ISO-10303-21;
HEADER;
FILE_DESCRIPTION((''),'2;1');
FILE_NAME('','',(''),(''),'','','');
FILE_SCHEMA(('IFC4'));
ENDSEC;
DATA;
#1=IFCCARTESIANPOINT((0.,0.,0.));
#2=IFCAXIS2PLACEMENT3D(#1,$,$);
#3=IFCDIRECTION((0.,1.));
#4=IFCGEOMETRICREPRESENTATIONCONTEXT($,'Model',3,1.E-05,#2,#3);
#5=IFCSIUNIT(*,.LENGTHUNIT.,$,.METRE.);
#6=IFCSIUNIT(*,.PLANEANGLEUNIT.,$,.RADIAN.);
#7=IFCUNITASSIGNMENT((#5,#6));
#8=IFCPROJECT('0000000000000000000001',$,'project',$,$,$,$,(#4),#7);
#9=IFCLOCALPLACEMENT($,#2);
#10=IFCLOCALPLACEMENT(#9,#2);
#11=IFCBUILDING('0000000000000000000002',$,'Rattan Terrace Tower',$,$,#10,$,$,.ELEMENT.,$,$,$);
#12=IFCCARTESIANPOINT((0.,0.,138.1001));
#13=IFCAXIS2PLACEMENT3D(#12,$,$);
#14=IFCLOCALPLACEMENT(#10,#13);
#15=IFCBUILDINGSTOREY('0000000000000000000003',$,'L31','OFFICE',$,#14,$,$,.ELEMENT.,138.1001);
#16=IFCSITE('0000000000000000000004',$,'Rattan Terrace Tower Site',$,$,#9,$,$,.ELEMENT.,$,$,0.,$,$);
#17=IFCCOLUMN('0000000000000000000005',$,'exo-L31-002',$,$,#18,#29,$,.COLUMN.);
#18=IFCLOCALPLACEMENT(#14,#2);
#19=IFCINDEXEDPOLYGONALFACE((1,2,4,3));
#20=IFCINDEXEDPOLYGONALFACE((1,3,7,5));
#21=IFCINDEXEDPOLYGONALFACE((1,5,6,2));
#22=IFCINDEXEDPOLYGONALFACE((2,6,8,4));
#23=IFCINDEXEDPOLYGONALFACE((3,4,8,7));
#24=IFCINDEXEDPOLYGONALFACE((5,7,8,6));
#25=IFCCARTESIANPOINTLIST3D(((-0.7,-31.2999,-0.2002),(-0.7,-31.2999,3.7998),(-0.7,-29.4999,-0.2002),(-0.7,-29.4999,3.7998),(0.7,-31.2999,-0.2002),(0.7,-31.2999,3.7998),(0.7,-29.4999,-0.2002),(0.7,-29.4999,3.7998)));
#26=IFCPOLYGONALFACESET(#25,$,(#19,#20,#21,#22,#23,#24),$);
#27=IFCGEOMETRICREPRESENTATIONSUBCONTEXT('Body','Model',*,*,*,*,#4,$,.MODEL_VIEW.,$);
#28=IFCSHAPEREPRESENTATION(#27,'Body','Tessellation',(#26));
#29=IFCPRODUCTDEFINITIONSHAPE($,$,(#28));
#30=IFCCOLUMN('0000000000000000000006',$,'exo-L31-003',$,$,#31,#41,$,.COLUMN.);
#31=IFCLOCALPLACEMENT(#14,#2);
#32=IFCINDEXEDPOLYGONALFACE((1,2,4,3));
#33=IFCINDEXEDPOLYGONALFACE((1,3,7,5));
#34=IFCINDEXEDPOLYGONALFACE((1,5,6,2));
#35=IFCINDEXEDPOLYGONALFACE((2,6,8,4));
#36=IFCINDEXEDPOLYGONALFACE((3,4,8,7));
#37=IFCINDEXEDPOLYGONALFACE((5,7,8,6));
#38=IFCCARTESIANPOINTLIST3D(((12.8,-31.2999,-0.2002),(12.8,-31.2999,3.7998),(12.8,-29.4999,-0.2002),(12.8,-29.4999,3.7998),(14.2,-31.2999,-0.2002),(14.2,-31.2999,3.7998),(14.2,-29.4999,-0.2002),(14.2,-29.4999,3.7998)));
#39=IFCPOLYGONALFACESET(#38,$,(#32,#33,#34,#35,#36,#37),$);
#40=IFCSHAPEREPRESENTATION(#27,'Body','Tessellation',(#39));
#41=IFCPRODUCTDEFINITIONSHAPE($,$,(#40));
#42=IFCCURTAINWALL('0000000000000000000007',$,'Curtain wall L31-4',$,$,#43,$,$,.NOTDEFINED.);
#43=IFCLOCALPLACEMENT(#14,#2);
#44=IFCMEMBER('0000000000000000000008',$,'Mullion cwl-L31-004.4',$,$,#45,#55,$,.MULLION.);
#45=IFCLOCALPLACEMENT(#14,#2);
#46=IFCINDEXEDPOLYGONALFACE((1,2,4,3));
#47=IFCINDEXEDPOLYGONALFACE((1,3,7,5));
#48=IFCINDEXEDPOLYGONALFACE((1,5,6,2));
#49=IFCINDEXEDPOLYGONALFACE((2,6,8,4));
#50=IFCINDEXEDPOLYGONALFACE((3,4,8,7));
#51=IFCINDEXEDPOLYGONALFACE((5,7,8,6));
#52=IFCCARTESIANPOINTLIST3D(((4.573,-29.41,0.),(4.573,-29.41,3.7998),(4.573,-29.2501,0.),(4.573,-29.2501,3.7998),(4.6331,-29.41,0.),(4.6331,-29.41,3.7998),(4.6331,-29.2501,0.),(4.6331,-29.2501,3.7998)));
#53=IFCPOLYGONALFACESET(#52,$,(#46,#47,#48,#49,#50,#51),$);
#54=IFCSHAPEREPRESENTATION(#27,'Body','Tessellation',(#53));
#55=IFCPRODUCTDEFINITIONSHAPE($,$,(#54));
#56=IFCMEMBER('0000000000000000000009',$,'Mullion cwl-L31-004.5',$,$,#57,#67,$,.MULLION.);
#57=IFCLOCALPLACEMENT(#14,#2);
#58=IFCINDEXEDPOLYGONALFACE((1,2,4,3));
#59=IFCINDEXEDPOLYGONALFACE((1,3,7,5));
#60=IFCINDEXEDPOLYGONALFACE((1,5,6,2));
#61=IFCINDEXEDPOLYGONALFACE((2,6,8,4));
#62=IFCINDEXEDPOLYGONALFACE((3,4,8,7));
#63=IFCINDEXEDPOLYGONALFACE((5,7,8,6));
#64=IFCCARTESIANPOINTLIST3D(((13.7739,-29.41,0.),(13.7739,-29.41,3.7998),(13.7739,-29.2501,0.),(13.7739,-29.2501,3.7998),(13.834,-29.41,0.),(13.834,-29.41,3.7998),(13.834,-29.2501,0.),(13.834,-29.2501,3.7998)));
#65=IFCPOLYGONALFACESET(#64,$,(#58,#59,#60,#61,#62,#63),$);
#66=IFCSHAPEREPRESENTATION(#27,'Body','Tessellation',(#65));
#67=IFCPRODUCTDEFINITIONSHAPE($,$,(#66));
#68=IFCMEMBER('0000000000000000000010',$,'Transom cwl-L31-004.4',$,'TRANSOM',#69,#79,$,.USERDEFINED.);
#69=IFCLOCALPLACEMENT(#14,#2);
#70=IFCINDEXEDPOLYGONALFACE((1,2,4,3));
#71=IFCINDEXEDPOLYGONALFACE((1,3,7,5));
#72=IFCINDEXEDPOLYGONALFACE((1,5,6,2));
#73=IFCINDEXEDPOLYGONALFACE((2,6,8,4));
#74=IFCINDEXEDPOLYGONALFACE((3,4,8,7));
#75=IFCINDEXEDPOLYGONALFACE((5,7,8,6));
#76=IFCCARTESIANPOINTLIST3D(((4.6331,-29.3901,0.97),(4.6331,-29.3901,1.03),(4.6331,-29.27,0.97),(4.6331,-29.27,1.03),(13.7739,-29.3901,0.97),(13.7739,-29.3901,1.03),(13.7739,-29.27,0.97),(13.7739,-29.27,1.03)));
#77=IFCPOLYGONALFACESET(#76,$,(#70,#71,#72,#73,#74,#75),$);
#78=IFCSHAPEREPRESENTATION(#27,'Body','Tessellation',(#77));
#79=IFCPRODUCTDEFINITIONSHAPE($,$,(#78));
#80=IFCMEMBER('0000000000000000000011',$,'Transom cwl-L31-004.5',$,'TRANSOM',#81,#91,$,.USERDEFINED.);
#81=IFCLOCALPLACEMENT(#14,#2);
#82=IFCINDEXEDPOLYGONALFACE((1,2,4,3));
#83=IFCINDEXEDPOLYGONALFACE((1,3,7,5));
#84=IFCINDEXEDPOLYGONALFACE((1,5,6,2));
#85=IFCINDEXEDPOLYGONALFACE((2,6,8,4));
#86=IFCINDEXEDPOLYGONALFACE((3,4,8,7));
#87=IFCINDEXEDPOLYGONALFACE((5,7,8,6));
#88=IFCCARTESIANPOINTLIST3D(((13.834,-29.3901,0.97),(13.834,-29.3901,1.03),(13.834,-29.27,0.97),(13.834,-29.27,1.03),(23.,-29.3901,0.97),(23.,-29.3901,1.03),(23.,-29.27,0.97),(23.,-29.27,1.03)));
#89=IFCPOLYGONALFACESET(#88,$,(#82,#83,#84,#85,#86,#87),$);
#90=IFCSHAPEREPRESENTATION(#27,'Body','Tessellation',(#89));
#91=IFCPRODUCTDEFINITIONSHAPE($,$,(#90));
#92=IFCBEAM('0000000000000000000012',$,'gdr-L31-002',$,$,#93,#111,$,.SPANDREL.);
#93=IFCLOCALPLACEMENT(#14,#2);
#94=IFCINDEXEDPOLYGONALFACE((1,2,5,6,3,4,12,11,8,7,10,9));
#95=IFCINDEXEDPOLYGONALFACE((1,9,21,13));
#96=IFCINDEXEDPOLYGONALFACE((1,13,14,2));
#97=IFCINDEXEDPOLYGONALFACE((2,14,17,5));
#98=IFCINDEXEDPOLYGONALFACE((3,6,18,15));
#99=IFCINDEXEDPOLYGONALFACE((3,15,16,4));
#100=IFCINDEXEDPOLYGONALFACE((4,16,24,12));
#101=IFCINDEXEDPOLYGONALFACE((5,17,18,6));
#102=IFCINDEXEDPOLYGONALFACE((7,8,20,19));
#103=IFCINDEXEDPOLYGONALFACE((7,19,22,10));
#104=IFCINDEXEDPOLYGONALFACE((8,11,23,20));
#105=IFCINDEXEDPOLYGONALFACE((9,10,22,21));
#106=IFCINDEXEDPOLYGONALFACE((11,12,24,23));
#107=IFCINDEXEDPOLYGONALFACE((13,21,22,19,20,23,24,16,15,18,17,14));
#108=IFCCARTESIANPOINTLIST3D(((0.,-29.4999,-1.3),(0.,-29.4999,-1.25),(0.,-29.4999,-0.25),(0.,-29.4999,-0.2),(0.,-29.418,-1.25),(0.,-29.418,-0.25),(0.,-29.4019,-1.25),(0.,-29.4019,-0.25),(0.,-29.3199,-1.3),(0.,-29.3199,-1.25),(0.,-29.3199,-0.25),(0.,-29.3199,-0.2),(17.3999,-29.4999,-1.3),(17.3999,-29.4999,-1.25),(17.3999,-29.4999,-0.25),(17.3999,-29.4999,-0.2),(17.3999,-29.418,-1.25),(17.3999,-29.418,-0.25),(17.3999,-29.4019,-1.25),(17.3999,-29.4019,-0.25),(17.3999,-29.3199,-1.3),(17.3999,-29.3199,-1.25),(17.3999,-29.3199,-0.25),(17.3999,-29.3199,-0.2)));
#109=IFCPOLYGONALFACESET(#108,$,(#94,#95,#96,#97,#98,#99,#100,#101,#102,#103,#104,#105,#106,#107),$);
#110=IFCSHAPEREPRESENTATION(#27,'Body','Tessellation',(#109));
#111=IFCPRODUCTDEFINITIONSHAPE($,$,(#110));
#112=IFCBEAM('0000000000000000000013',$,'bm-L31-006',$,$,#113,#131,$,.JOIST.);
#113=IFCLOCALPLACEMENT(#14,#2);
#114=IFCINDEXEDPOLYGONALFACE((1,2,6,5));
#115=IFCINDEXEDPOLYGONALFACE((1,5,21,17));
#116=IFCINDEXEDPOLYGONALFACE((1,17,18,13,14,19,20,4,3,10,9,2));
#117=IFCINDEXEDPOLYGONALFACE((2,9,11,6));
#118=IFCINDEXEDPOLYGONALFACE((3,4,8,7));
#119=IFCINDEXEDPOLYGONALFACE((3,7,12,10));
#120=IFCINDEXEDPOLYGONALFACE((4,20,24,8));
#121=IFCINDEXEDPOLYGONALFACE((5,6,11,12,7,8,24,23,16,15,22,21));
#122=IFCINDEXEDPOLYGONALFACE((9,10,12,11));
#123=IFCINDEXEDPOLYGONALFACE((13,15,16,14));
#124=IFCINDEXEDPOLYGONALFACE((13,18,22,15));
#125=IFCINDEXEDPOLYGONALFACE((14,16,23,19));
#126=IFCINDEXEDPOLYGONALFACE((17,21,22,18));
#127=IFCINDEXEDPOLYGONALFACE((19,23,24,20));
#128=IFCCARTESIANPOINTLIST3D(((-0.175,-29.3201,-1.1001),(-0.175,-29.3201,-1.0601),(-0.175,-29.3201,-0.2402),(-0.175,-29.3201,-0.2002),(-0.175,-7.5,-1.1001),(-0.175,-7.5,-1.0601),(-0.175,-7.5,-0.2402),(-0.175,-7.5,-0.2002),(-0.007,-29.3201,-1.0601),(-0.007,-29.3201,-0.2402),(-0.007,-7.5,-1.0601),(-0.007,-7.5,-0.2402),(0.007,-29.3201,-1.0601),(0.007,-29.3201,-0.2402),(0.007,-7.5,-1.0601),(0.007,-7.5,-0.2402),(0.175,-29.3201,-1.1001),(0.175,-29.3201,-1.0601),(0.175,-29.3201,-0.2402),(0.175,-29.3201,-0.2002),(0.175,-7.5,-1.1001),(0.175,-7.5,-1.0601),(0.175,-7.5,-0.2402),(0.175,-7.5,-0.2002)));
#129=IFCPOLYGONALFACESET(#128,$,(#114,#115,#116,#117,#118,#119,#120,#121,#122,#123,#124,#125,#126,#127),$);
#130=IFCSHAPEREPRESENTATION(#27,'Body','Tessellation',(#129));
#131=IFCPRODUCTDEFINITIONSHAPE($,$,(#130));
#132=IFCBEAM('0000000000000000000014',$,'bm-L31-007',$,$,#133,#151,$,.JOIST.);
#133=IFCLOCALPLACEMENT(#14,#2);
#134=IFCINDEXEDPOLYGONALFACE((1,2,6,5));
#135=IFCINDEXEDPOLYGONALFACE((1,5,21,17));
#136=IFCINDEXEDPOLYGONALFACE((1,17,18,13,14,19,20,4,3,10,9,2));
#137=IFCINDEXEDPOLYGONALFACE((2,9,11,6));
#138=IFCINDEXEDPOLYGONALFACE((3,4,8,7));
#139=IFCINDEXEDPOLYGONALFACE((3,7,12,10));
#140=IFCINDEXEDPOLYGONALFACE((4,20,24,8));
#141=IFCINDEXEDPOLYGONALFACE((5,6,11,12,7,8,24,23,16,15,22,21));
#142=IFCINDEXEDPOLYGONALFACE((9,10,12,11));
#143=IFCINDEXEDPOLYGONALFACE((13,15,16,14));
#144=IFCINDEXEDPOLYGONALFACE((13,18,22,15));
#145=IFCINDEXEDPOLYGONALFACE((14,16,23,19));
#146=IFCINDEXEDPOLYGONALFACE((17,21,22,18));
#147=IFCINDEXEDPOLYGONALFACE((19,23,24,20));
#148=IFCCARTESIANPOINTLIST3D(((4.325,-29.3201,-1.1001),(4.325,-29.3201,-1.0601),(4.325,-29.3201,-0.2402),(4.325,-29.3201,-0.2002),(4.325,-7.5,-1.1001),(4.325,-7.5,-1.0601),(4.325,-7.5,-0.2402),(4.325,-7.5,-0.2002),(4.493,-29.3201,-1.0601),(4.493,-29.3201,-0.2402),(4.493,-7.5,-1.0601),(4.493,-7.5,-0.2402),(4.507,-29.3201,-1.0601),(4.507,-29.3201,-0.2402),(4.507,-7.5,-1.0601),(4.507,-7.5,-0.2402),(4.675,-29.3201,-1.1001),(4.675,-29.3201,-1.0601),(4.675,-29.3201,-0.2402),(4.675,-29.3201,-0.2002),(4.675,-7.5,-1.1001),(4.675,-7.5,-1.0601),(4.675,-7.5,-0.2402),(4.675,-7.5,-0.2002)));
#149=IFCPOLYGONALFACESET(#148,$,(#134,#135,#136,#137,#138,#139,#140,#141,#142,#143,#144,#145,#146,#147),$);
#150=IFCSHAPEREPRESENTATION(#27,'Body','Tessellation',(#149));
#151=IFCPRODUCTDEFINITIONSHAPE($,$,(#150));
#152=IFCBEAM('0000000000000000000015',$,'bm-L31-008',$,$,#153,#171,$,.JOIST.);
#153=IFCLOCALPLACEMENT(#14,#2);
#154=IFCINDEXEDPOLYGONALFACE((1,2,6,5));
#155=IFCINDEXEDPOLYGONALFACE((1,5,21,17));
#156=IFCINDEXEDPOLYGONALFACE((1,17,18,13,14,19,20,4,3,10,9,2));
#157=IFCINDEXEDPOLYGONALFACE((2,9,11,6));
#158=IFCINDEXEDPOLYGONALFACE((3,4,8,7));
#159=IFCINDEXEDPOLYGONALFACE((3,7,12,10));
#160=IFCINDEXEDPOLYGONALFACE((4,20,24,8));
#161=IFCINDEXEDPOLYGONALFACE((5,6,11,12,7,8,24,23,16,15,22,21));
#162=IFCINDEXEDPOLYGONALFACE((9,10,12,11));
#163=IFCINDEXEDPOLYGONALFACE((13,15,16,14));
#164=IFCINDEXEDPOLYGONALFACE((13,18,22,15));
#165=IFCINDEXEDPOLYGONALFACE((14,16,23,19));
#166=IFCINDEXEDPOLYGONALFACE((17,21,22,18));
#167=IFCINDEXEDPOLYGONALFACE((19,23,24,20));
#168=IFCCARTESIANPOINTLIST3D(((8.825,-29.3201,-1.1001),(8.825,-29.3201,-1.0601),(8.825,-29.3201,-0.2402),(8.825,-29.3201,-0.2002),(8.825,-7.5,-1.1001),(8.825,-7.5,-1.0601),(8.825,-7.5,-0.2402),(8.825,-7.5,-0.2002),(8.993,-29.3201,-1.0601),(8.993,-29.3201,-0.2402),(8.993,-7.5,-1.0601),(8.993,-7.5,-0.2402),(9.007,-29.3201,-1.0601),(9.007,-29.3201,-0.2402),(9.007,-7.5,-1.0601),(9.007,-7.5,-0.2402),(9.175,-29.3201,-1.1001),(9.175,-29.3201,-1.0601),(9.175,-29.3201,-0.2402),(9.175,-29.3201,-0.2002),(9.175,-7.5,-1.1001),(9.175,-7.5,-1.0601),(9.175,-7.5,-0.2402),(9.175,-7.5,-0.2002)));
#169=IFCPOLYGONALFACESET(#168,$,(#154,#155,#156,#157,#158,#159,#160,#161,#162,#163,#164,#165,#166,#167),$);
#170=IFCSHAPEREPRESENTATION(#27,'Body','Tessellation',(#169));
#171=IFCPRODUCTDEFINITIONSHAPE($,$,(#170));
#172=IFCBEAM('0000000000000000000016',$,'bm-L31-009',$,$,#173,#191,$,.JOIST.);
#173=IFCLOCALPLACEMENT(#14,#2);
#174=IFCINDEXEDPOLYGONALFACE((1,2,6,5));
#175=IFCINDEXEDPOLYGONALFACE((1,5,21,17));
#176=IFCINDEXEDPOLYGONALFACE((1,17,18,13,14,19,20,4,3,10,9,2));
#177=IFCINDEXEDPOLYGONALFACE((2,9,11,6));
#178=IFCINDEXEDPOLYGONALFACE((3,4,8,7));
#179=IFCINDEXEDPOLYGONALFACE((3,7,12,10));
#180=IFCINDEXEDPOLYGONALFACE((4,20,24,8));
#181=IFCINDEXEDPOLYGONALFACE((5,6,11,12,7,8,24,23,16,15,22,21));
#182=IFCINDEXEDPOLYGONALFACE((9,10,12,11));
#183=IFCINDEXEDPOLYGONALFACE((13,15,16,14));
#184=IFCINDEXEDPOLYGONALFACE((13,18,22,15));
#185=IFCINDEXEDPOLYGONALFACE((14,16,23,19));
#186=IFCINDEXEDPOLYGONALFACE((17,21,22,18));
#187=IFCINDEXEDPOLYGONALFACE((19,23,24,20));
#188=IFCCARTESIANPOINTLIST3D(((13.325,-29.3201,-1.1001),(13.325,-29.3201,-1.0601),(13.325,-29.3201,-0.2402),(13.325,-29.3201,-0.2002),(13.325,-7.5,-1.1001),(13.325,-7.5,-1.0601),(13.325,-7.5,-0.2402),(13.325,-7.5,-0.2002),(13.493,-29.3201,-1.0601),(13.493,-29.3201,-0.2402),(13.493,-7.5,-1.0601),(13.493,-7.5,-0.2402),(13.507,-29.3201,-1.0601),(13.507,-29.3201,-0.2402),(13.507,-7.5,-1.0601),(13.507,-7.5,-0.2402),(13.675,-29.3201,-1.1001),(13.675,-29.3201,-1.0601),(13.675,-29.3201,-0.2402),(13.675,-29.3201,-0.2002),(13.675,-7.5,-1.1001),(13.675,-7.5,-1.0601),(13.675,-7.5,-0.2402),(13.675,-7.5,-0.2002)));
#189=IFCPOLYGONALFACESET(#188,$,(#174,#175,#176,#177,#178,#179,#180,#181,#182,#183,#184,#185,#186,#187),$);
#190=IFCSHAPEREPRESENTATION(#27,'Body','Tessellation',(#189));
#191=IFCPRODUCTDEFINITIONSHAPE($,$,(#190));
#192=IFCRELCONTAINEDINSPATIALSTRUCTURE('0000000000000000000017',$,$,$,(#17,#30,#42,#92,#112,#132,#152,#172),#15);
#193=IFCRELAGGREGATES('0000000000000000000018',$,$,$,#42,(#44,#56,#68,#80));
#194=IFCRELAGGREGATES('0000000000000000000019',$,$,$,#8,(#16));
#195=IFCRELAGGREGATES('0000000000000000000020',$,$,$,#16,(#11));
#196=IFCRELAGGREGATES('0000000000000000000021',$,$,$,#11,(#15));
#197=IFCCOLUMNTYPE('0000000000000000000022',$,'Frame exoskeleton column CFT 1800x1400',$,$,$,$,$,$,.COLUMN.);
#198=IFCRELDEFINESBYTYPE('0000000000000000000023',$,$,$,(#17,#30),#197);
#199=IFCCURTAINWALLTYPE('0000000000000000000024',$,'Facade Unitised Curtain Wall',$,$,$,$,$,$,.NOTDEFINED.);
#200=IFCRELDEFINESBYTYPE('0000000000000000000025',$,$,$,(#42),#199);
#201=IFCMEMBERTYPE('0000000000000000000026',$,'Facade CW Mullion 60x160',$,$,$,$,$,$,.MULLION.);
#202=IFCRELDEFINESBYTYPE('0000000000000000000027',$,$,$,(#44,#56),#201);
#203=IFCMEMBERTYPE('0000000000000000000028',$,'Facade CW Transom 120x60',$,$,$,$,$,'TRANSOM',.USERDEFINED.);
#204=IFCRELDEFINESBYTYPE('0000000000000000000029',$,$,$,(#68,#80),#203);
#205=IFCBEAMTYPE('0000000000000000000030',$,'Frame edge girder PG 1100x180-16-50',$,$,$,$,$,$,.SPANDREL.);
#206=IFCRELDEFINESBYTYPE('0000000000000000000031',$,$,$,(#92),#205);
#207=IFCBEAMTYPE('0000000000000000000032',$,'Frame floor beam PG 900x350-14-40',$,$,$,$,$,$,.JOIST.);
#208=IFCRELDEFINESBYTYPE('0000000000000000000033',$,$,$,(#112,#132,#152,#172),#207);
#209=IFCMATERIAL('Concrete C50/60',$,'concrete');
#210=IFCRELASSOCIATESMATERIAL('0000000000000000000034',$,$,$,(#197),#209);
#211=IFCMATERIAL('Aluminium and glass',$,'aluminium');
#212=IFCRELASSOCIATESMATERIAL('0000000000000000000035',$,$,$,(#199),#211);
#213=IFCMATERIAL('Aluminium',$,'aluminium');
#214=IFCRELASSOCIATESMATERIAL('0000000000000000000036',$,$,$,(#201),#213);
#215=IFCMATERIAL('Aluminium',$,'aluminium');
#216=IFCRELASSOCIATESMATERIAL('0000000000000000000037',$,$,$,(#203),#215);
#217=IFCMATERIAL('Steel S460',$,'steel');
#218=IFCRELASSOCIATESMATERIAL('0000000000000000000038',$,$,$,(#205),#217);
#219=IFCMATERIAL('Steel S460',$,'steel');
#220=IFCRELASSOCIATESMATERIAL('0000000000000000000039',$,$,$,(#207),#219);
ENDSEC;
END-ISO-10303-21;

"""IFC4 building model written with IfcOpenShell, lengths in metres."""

from ifc_helpers import new_model, si_unit, direction, frame, origin, origin_2d, place, context, subcontext, project, spatial, rectangle, i_section, extrude, material, material_profile, profile_set, type_object, element, aggregate, save


model = new_model("IFC4")

# Units and contexts
model_context = context("Model", 3, precision=1e-05, world=origin(), true_north=direction((0.0, 1.0)))
body_context = subcontext(model_context, "Body", "Model", "MODEL_VIEW")
ifc_project = project(units=[si_unit("LENGTHUNIT", "METRE"), si_unit("PLANEANGLEUNIT", "RADIAN")], contexts=[model_context])

# Site, building, storey
site_placement = place(None, origin())
site = spatial("IfcSite", under=ifc_project, at=site_placement, Name="Rattan Terrace Tower Site", CompositionType="ELEMENT", RefElevation=0.0)
building_placement = place(site_placement, origin())
building = spatial("IfcBuilding", under=site, at=building_placement, Name="Rattan Terrace Tower", CompositionType="ELEMENT")
storey_placement = place(building_placement, frame((0.0, 0.0, 138.1001)))
storey = spatial("IfcBuildingStorey", under=building, at=storey_placement, Name="L31", Description="OFFICE", CompositionType="ELEMENT", Elevation=138.1001)

# Columns
ifc_material_1 = material(Name="Concrete C50/60", Category="concrete")
ifc_material_profile_1 = material_profile(ifc_material_1, rectangle(XDim=1.3999, YDim=1.8, at=origin_2d()), Name="CFT 1800x1400")
ifc_profile_set_1 = profile_set([ifc_material_profile_1], Name="Concrete C50/60")
column_type = type_object("IfcColumnType", Name="Frame exoskeleton column CFT 1800x1400", PredefinedType="COLUMN", material=ifc_profile_set_1)
for number, where, z_axis, x_axis, name in (
    (1, (0.0, -30.3999, -0.2002), (0.0, 0.0, 1.0), (1.0, 0.0, 0.0), "exo-L31-002"),
    (2, (13.5, -30.3999, -0.2002), (0.0, 0.0, 1.0), (1.0, 0.0, 0.0), "exo-L31-003"),
):
    element("IfcColumn", number, at=place(storey_placement, frame(where, z_axis=z_axis, x_axis=x_axis)), inside=storey, type_object=column_type, Name=name, PredefinedType="COLUMN", context=body_context, shape_type="SweptSolid", body=[
        extrude(rectangle(XDim=1.3999, YDim=1.8, at=origin_2d()), origin(), (0.0, 0.0, 1.0), 4.0),
    ])

# Curtain wall, members
ifc_material_2 = material(Name="Aluminium and glass", Category="aluminium")
curtain_wall_type = type_object("IfcCurtainWallType", Name="Facade Unitised Curtain Wall", PredefinedType="NOTDEFINED", material=ifc_material_2)
curtain_wall_placement = place(storey_placement, origin())
curtain_wall = element("IfcCurtainWall", 3, at=curtain_wall_placement, inside=storey, type_object=curtain_wall_type, Name="Curtain wall L31-4", PredefinedType="NOTDEFINED")
ifc_material_3 = material(Name="Aluminium", Category="aluminium")
ifc_material_profile_2 = material_profile(ifc_material_3, rectangle(XDim=0.0601, YDim=0.1599, at=origin_2d()), Name="Aluminium 60x160")
ifc_profile_set_2 = profile_set([ifc_material_profile_2], Name="Aluminium")
member_type_1 = type_object("IfcMemberType", Name="Facade CW Mullion 60x160", PredefinedType="MULLION", material=ifc_profile_set_2)
member_1_placement = place(storey_placement, frame((4.603, -29.3301, 0.0), z_axis=(0.0, 0.0, 1.0), x_axis=(1.0, 0.0, 0.0)))
member_1 = element("IfcMember", 4, at=member_1_placement, type_object=member_type_1, Name="Mullion cwl-L31-004.4", PredefinedType="MULLION", context=body_context, shape_type="SweptSolid", body=[
    extrude(rectangle(XDim=0.0601, YDim=0.1599, at=origin_2d()), origin(), (0.0, 0.0, 1.0), 3.7998),
])
member_2_placement = place(storey_placement, frame((13.804, -29.3301, 0.0), z_axis=(0.0, 0.0, 1.0), x_axis=(1.0, 0.0, 0.0)))
member_2 = element("IfcMember", 5, at=member_2_placement, type_object=member_type_1, Name="Mullion cwl-L31-004.5", PredefinedType="MULLION", context=body_context, shape_type="SweptSolid", body=[
    extrude(rectangle(XDim=0.0601, YDim=0.1599, at=origin_2d()), origin(), (0.0, 0.0, 1.0), 3.7998),
])
ifc_material_4 = material(Name="Aluminium", Category="aluminium")
ifc_material_profile_3 = material_profile(ifc_material_4, rectangle(XDim=0.1201, YDim=0.0601, at=origin_2d()), Name="Aluminium 120x60")
ifc_profile_set_3 = profile_set([ifc_material_profile_3], Name="Aluminium")
member_type_2 = type_object("IfcMemberType", Name="Facade CW Transom 120x60", ElementType="TRANSOM", PredefinedType="USERDEFINED", material=ifc_profile_set_3)
member_3_placement = place(storey_placement, frame((4.6331, -29.3301, 1.0), z_axis=(1.0, 0.0, 0.0), x_axis=(0.0, 1.0, 0.0)))
member_3 = element("IfcMember", 6, at=member_3_placement, type_object=member_type_2, Name="Transom cwl-L31-004.4", ObjectType="TRANSOM", PredefinedType="USERDEFINED", context=body_context, shape_type="SweptSolid", body=[
    extrude(rectangle(XDim=0.1201, YDim=0.0601, at=origin_2d()), origin(), (0.0, 0.0, 1.0), 9.1409),
])
member_4_placement = place(storey_placement, frame((13.834, -29.3301, 1.0), z_axis=(1.0, 0.0, 0.0), x_axis=(0.0, 1.0, 0.0)))
member_4 = element("IfcMember", 7, at=member_4_placement, type_object=member_type_2, Name="Transom cwl-L31-004.5", ObjectType="TRANSOM", PredefinedType="USERDEFINED", context=body_context, shape_type="SweptSolid", body=[
    extrude(rectangle(XDim=0.1201, YDim=0.0601, at=origin_2d()), origin(), (0.0, 0.0, 1.0), 9.166),
])

# Beams
ifc_material_5 = material(Name="Steel S460", Category="steel")
ifc_material_profile_4 = material_profile(ifc_material_5, i_section(OverallWidth=0.1799, OverallDepth=1.1001, WebThickness=0.0161, FlangeThickness=0.05, at=origin_2d()), Name="PG 1100x180-16-50")
ifc_profile_set_4 = profile_set([ifc_material_profile_4], Name="Steel S460")
beam_type_1 = type_object("IfcBeamType", Name="Frame edge girder PG 1100x180-16-50", PredefinedType="SPANDREL", material=ifc_profile_set_4)
beam_placement = place(storey_placement, frame((17.3999, -29.4099, -0.75), z_axis=(-1.0, 0.0, 0.0), x_axis=(0.0, -1.0, 0.0)))
element("IfcBeam", 8, at=beam_placement, inside=storey, type_object=beam_type_1, Name="gdr-L31-002", PredefinedType="SPANDREL", context=body_context, shape_type="SweptSolid", body=[
    extrude(i_section(OverallWidth=0.1799, OverallDepth=1.1001, WebThickness=0.0161, FlangeThickness=0.05, at=origin_2d()), origin(), (0.0, 0.0, 1.0), 17.3999),
])
ifc_material_6 = material(Name="Steel S460", Category="steel")
ifc_material_profile_5 = material_profile(ifc_material_6, i_section(OverallWidth=0.3501, OverallDepth=0.8999, WebThickness=0.0139, FlangeThickness=0.04, at=origin_2d()), Name="PG 900x350-14-40")
ifc_profile_set_5 = profile_set([ifc_material_profile_5], Name="Steel S460")
beam_type_2 = type_object("IfcBeamType", Name="Frame floor beam PG 900x350-14-40", PredefinedType="JOIST", material=ifc_profile_set_5)
for number, where, z_axis, x_axis, name in (
    (9, (0.0, -29.3201, -0.6501), (0.0, 1.0, 0.0), (-1.0, 0.0, 0.0), "bm-L31-006"),
    (10, (4.5, -29.3201, -0.6501), (0.0, 1.0, 0.0), (-1.0, 0.0, 0.0), "bm-L31-007"),
    (11, (9.0, -29.3201, -0.6501), (0.0, 1.0, 0.0), (-1.0, 0.0, 0.0), "bm-L31-008"),
    (12, (13.5, -29.3201, -0.6501), (0.0, 1.0, 0.0), (-1.0, 0.0, 0.0), "bm-L31-009"),
):
    element("IfcBeam", number, at=place(storey_placement, frame(where, z_axis=z_axis, x_axis=x_axis)), inside=storey, type_object=beam_type_2, Name=name, PredefinedType="JOIST", context=body_context, shape_type="SweptSolid", body=[
        extrude(i_section(OverallWidth=0.3501, OverallDepth=0.8999, WebThickness=0.0139, FlangeThickness=0.04, at=origin_2d()), origin(), (0.0, 0.0, 1.0), 21.8201),
    ])

aggregate(curtain_wall, [member_1, member_2, member_3, member_4])

save(model, "model.ifc")
